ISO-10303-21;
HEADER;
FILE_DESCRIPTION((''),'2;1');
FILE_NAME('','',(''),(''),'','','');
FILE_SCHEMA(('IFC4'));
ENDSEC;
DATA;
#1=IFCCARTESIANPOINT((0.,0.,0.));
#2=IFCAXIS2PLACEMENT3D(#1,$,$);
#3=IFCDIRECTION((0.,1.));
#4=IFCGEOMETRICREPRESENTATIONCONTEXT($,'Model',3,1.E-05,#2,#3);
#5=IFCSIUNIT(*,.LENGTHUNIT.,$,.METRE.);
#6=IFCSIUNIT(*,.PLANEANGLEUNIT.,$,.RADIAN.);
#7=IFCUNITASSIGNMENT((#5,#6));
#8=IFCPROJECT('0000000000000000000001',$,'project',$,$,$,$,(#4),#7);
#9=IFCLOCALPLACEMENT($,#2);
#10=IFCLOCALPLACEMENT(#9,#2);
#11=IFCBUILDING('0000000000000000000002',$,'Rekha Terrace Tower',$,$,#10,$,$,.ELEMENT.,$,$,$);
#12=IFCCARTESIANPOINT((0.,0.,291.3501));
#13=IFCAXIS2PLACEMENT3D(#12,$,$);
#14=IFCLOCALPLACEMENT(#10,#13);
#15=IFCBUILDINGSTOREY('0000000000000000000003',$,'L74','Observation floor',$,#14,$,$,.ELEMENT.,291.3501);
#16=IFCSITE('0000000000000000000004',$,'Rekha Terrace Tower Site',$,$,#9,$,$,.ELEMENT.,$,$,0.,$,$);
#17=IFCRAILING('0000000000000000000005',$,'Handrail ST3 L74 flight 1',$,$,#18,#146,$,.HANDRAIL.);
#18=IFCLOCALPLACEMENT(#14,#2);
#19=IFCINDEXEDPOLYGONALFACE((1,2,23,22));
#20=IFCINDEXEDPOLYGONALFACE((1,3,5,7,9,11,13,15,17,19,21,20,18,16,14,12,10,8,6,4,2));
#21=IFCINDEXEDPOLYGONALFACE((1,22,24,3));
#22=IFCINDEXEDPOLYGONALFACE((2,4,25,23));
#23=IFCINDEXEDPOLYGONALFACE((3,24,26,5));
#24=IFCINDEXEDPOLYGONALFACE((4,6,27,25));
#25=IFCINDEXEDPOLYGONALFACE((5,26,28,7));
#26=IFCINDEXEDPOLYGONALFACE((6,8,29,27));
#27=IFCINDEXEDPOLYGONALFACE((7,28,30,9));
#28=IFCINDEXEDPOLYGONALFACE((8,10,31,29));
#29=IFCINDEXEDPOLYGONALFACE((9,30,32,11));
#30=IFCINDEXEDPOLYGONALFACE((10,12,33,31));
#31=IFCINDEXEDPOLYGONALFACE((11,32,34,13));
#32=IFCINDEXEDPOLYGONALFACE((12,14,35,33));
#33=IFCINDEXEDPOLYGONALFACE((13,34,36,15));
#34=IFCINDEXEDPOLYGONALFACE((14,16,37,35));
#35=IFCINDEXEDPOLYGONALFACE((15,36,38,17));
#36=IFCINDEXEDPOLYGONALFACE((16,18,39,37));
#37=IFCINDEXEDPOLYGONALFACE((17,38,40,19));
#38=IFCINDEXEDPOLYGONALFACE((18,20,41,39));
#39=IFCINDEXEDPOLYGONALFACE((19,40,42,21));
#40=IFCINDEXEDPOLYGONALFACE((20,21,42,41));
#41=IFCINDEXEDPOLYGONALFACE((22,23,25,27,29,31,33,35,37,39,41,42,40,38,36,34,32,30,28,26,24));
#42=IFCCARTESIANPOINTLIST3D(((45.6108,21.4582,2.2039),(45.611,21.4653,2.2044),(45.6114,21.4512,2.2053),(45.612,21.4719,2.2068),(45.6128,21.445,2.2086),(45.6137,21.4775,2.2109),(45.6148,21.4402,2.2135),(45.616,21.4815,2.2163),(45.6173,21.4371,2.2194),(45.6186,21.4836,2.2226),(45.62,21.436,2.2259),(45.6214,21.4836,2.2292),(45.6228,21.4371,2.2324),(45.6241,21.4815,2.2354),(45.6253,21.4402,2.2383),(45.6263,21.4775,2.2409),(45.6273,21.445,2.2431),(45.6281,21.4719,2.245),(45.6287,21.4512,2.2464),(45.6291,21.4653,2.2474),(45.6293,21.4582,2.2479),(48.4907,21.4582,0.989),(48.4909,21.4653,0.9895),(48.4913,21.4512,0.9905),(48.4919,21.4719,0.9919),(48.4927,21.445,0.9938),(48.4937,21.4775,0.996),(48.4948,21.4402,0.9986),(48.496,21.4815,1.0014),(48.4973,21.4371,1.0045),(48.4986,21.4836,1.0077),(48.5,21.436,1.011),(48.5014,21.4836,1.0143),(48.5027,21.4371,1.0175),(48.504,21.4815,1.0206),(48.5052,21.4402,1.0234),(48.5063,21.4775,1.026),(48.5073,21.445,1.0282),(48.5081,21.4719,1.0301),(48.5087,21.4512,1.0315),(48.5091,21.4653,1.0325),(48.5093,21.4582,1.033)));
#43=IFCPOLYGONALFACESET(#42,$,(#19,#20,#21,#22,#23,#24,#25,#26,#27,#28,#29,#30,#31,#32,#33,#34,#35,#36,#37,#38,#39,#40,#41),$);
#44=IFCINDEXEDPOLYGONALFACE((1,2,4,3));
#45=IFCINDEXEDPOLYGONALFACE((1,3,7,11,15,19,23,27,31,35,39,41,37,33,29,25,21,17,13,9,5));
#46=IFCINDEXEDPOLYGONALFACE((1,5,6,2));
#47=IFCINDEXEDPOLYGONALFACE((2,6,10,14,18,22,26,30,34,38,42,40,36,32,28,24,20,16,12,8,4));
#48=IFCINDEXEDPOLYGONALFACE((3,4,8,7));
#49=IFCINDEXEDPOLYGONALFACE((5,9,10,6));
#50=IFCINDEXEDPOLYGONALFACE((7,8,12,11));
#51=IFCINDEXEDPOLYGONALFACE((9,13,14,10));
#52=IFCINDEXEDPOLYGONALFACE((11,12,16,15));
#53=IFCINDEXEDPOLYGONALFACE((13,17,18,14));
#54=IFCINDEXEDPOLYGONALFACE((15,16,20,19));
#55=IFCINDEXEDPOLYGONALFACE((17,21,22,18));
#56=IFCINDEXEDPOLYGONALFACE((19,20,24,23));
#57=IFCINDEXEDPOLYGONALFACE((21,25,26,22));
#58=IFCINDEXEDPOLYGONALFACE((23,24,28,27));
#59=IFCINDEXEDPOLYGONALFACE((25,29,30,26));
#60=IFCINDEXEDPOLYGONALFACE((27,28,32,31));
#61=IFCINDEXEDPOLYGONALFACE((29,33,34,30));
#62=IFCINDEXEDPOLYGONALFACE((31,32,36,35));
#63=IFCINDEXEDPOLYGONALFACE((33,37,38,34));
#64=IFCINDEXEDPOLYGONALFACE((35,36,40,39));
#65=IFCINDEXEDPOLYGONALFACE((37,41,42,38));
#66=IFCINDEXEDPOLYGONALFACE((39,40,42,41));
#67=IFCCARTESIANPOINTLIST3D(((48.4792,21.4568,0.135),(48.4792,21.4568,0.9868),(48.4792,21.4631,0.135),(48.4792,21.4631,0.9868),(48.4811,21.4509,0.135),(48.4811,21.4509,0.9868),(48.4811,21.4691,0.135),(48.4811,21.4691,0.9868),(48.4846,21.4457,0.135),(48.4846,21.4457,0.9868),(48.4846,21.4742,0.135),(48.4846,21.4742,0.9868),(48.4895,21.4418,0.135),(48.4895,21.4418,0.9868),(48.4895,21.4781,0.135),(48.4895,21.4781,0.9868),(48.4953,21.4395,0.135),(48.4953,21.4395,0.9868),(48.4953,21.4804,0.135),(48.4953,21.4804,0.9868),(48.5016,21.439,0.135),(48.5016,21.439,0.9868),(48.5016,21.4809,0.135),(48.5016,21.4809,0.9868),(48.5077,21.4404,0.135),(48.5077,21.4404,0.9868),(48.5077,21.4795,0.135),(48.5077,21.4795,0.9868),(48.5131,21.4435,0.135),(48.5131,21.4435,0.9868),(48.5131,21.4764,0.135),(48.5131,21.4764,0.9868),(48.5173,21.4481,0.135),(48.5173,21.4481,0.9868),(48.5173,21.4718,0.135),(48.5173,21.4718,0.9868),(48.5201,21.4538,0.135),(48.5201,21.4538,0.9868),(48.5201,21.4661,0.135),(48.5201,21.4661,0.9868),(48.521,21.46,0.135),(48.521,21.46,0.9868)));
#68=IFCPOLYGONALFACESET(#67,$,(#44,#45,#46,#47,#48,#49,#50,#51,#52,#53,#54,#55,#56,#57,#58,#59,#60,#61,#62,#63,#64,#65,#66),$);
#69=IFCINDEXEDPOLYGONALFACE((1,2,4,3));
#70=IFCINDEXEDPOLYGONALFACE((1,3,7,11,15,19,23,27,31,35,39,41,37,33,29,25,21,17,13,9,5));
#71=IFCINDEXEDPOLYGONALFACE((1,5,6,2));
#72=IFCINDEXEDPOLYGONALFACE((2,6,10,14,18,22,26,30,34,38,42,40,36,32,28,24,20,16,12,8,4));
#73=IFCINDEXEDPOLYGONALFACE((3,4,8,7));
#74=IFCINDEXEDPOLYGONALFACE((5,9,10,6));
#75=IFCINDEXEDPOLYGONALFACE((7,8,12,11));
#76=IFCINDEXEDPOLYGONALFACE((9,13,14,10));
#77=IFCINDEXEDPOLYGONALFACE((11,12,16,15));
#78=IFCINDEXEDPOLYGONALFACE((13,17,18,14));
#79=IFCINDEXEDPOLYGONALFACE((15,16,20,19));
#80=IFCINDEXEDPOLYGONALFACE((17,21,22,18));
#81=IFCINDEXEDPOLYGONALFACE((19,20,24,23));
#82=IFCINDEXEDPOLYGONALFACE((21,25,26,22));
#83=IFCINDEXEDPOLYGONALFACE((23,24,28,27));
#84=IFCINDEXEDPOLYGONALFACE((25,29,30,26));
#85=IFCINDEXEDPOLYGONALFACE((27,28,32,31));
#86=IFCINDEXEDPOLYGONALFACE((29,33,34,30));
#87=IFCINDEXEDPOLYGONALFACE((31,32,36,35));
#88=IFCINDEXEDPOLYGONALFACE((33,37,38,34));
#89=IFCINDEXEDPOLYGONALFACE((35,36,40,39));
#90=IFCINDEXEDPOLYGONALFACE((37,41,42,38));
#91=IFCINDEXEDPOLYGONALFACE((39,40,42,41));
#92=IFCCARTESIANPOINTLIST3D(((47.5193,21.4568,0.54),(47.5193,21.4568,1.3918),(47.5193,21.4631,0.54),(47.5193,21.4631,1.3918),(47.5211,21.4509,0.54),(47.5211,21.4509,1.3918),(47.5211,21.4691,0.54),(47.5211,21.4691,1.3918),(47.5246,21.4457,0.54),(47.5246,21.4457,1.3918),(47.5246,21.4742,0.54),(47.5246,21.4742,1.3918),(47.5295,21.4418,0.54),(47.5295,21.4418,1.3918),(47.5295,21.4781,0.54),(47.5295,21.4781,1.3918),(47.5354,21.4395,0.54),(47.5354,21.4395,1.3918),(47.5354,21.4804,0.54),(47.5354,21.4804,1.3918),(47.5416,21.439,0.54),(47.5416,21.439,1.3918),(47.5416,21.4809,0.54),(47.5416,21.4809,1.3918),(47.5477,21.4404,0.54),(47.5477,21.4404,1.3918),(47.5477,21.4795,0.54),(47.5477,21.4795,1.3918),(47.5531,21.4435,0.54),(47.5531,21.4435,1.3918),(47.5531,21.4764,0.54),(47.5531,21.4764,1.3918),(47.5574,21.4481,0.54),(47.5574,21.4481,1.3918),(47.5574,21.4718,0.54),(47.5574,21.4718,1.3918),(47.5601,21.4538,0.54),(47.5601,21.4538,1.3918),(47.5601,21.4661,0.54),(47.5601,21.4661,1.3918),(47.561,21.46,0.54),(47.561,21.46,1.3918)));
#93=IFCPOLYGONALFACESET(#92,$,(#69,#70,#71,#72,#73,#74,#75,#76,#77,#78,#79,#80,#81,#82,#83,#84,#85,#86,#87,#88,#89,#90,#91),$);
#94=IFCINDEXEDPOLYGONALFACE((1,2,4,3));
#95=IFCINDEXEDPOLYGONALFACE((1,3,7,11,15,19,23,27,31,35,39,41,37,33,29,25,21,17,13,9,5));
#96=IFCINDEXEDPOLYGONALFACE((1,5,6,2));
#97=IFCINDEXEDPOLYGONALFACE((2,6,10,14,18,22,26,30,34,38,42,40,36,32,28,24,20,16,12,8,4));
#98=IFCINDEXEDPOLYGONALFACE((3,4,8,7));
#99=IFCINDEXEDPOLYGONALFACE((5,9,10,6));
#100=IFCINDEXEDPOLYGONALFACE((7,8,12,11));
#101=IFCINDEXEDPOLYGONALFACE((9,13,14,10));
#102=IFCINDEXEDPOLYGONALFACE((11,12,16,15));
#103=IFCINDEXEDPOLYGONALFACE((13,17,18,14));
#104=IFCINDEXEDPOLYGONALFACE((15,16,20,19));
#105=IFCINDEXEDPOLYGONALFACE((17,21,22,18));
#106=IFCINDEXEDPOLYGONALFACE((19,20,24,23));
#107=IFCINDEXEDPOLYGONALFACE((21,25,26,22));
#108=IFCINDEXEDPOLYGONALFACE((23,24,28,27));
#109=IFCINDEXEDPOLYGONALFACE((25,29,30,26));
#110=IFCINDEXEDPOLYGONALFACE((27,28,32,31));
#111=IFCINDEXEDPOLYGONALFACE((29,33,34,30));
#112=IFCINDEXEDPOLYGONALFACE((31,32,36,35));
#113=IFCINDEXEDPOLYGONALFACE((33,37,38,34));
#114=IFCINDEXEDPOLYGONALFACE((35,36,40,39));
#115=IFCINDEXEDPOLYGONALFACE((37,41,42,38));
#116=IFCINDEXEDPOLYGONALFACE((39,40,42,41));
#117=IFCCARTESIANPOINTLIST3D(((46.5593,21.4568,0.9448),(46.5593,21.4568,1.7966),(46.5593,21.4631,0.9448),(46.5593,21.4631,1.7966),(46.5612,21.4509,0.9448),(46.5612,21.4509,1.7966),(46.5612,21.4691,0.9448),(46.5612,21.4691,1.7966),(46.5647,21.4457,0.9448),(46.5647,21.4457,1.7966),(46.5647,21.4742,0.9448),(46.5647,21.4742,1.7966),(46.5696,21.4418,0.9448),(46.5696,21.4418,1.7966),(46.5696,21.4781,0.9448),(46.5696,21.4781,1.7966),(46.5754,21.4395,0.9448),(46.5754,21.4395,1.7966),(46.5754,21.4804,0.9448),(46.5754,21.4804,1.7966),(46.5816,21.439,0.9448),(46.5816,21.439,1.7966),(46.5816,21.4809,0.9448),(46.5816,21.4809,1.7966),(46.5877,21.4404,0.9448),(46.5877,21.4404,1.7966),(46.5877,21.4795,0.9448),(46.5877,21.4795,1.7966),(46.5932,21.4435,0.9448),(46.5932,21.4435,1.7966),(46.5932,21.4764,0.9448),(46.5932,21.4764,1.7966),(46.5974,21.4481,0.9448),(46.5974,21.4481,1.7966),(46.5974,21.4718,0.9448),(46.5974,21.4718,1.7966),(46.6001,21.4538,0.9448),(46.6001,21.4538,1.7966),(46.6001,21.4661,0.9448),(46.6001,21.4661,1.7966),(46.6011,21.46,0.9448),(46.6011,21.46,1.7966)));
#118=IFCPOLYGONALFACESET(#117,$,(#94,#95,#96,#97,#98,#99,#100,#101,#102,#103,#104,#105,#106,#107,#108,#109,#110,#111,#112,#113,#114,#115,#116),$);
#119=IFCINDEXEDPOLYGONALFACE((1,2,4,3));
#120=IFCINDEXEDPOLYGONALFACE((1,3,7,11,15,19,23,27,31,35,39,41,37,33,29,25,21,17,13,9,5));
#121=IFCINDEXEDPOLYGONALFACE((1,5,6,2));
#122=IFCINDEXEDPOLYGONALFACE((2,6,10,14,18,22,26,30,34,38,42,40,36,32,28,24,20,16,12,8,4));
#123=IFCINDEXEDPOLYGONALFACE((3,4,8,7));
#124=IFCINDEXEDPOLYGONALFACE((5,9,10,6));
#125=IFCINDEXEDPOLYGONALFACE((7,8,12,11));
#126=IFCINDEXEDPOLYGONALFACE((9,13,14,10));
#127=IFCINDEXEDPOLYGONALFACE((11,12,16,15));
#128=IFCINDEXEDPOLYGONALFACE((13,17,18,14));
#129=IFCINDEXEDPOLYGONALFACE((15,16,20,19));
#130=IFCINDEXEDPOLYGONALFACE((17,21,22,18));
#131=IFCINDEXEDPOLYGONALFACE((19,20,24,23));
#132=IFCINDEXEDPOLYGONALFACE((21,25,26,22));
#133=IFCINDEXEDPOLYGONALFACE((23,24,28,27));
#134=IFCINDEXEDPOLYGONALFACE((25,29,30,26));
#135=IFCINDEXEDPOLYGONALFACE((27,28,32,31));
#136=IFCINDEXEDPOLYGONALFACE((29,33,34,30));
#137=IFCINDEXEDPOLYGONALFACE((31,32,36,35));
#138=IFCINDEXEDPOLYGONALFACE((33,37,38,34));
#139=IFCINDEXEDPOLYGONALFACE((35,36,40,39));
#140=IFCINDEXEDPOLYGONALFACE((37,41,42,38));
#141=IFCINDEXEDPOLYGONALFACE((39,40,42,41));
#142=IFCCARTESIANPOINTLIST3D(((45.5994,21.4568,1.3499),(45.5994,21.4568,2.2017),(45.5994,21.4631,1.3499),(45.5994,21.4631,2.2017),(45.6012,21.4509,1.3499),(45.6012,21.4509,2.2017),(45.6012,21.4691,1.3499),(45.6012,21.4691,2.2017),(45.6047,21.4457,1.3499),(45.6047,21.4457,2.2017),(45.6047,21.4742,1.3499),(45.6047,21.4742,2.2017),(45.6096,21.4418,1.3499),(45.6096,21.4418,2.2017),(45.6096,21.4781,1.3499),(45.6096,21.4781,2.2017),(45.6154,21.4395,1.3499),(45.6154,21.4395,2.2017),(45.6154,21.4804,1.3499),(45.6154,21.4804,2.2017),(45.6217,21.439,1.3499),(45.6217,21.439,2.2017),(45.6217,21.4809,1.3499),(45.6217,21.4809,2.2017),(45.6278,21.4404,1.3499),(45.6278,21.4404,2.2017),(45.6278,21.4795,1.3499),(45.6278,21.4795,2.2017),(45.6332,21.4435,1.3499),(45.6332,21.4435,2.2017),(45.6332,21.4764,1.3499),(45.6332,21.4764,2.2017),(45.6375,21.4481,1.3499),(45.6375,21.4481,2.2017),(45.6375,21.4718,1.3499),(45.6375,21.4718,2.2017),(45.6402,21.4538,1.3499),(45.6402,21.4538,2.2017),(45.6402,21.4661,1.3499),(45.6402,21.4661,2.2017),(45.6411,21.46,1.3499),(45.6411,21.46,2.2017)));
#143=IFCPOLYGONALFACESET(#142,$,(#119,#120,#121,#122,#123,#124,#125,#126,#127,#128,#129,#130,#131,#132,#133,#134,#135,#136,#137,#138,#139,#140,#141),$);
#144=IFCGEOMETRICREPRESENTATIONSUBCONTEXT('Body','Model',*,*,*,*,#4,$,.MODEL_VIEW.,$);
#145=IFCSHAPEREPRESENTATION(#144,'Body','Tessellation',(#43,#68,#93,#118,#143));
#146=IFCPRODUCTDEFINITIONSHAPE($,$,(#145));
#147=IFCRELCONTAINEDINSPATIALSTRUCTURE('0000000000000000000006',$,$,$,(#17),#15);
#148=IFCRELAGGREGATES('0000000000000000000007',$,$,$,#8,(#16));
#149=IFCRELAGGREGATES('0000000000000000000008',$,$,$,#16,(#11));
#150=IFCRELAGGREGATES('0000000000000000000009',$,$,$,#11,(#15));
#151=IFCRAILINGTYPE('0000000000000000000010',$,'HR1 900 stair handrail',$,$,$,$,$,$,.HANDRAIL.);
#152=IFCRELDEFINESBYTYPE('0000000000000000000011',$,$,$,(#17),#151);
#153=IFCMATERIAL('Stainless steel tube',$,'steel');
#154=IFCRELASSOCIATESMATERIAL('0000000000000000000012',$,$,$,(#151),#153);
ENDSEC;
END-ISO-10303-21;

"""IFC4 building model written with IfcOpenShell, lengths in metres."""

from ifc_helpers import new_model, si_unit, direction, frame, origin, origin_2d, place, context, subcontext, project, spatial, circle, extrude, material, type_object, element, save


model = new_model("IFC4")

# Units and contexts
model_context = context("Model", 3, precision=1e-05, world=origin(), true_north=direction((0.0, 1.0)))
body_context = subcontext(model_context, "Body", "Model", "MODEL_VIEW")
ifc_project = project(units=[si_unit("LENGTHUNIT", "METRE"), si_unit("PLANEANGLEUNIT", "RADIAN")], contexts=[model_context])

# Site, building, storey
site_placement = place(None, origin())
site = spatial("IfcSite", under=ifc_project, at=site_placement, Name="Rekha Terrace Tower Site", CompositionType="ELEMENT", RefElevation=0.0)
building_placement = place(site_placement, origin())
building = spatial("IfcBuilding", under=site, at=building_placement, Name="Rekha Terrace Tower", CompositionType="ELEMENT")
storey_placement = place(building_placement, frame((0.0, 0.0, 291.3501)))
storey = spatial("IfcBuildingStorey", under=building, at=storey_placement, Name="L74", Description="Observation floor", CompositionType="ELEMENT", Elevation=291.3501)

# Railing
ifc_material_1 = material(Name="Stainless steel tube", Category="steel")
railing_type_1 = type_object("IfcRailingType", Name="HR1 900 stair handrail", PredefinedType="HANDRAIL", material=ifc_material_1)
railing_1_placement = place(storey_placement, frame((48.5, 21.46, 0.135)))
element("IfcRailing", 1, at=railing_1_placement, inside=storey, type_object=railing_type_1, Name="Handrail ST3 L74 flight 1", PredefinedType="HANDRAIL", context=body_context, shape_type="SweptSolid", body=[
    extrude(circle(Radius=0.0239, at=origin_2d()), frame((0.0, 0.0, 0.876), z_axis=(-0.921376, 0.0, 0.388671), x_axis=(0.0, -1.0, 0.0)), (0.0, 0.0, 1.0), 3.1257),
    extrude(circle(Radius=0.021, at=origin_2d()), origin(), (0.0, 0.0, 1.0), 0.8518),
    extrude(circle(Radius=0.021, at=origin_2d()), frame((-0.96, 0.0, 0.405)), (0.0, 0.0, 1.0), 0.8518),
    extrude(circle(Radius=0.021, at=origin_2d()), frame((-1.9199, 0.0, 0.8098)), (0.0, 0.0, 1.0), 0.8518),
    extrude(circle(Radius=0.021, at=origin_2d()), frame((-2.8799, 0.0, 1.2148)), (0.0, 0.0, 1.0), 0.8518),
])

save(model, "model.ifc")
